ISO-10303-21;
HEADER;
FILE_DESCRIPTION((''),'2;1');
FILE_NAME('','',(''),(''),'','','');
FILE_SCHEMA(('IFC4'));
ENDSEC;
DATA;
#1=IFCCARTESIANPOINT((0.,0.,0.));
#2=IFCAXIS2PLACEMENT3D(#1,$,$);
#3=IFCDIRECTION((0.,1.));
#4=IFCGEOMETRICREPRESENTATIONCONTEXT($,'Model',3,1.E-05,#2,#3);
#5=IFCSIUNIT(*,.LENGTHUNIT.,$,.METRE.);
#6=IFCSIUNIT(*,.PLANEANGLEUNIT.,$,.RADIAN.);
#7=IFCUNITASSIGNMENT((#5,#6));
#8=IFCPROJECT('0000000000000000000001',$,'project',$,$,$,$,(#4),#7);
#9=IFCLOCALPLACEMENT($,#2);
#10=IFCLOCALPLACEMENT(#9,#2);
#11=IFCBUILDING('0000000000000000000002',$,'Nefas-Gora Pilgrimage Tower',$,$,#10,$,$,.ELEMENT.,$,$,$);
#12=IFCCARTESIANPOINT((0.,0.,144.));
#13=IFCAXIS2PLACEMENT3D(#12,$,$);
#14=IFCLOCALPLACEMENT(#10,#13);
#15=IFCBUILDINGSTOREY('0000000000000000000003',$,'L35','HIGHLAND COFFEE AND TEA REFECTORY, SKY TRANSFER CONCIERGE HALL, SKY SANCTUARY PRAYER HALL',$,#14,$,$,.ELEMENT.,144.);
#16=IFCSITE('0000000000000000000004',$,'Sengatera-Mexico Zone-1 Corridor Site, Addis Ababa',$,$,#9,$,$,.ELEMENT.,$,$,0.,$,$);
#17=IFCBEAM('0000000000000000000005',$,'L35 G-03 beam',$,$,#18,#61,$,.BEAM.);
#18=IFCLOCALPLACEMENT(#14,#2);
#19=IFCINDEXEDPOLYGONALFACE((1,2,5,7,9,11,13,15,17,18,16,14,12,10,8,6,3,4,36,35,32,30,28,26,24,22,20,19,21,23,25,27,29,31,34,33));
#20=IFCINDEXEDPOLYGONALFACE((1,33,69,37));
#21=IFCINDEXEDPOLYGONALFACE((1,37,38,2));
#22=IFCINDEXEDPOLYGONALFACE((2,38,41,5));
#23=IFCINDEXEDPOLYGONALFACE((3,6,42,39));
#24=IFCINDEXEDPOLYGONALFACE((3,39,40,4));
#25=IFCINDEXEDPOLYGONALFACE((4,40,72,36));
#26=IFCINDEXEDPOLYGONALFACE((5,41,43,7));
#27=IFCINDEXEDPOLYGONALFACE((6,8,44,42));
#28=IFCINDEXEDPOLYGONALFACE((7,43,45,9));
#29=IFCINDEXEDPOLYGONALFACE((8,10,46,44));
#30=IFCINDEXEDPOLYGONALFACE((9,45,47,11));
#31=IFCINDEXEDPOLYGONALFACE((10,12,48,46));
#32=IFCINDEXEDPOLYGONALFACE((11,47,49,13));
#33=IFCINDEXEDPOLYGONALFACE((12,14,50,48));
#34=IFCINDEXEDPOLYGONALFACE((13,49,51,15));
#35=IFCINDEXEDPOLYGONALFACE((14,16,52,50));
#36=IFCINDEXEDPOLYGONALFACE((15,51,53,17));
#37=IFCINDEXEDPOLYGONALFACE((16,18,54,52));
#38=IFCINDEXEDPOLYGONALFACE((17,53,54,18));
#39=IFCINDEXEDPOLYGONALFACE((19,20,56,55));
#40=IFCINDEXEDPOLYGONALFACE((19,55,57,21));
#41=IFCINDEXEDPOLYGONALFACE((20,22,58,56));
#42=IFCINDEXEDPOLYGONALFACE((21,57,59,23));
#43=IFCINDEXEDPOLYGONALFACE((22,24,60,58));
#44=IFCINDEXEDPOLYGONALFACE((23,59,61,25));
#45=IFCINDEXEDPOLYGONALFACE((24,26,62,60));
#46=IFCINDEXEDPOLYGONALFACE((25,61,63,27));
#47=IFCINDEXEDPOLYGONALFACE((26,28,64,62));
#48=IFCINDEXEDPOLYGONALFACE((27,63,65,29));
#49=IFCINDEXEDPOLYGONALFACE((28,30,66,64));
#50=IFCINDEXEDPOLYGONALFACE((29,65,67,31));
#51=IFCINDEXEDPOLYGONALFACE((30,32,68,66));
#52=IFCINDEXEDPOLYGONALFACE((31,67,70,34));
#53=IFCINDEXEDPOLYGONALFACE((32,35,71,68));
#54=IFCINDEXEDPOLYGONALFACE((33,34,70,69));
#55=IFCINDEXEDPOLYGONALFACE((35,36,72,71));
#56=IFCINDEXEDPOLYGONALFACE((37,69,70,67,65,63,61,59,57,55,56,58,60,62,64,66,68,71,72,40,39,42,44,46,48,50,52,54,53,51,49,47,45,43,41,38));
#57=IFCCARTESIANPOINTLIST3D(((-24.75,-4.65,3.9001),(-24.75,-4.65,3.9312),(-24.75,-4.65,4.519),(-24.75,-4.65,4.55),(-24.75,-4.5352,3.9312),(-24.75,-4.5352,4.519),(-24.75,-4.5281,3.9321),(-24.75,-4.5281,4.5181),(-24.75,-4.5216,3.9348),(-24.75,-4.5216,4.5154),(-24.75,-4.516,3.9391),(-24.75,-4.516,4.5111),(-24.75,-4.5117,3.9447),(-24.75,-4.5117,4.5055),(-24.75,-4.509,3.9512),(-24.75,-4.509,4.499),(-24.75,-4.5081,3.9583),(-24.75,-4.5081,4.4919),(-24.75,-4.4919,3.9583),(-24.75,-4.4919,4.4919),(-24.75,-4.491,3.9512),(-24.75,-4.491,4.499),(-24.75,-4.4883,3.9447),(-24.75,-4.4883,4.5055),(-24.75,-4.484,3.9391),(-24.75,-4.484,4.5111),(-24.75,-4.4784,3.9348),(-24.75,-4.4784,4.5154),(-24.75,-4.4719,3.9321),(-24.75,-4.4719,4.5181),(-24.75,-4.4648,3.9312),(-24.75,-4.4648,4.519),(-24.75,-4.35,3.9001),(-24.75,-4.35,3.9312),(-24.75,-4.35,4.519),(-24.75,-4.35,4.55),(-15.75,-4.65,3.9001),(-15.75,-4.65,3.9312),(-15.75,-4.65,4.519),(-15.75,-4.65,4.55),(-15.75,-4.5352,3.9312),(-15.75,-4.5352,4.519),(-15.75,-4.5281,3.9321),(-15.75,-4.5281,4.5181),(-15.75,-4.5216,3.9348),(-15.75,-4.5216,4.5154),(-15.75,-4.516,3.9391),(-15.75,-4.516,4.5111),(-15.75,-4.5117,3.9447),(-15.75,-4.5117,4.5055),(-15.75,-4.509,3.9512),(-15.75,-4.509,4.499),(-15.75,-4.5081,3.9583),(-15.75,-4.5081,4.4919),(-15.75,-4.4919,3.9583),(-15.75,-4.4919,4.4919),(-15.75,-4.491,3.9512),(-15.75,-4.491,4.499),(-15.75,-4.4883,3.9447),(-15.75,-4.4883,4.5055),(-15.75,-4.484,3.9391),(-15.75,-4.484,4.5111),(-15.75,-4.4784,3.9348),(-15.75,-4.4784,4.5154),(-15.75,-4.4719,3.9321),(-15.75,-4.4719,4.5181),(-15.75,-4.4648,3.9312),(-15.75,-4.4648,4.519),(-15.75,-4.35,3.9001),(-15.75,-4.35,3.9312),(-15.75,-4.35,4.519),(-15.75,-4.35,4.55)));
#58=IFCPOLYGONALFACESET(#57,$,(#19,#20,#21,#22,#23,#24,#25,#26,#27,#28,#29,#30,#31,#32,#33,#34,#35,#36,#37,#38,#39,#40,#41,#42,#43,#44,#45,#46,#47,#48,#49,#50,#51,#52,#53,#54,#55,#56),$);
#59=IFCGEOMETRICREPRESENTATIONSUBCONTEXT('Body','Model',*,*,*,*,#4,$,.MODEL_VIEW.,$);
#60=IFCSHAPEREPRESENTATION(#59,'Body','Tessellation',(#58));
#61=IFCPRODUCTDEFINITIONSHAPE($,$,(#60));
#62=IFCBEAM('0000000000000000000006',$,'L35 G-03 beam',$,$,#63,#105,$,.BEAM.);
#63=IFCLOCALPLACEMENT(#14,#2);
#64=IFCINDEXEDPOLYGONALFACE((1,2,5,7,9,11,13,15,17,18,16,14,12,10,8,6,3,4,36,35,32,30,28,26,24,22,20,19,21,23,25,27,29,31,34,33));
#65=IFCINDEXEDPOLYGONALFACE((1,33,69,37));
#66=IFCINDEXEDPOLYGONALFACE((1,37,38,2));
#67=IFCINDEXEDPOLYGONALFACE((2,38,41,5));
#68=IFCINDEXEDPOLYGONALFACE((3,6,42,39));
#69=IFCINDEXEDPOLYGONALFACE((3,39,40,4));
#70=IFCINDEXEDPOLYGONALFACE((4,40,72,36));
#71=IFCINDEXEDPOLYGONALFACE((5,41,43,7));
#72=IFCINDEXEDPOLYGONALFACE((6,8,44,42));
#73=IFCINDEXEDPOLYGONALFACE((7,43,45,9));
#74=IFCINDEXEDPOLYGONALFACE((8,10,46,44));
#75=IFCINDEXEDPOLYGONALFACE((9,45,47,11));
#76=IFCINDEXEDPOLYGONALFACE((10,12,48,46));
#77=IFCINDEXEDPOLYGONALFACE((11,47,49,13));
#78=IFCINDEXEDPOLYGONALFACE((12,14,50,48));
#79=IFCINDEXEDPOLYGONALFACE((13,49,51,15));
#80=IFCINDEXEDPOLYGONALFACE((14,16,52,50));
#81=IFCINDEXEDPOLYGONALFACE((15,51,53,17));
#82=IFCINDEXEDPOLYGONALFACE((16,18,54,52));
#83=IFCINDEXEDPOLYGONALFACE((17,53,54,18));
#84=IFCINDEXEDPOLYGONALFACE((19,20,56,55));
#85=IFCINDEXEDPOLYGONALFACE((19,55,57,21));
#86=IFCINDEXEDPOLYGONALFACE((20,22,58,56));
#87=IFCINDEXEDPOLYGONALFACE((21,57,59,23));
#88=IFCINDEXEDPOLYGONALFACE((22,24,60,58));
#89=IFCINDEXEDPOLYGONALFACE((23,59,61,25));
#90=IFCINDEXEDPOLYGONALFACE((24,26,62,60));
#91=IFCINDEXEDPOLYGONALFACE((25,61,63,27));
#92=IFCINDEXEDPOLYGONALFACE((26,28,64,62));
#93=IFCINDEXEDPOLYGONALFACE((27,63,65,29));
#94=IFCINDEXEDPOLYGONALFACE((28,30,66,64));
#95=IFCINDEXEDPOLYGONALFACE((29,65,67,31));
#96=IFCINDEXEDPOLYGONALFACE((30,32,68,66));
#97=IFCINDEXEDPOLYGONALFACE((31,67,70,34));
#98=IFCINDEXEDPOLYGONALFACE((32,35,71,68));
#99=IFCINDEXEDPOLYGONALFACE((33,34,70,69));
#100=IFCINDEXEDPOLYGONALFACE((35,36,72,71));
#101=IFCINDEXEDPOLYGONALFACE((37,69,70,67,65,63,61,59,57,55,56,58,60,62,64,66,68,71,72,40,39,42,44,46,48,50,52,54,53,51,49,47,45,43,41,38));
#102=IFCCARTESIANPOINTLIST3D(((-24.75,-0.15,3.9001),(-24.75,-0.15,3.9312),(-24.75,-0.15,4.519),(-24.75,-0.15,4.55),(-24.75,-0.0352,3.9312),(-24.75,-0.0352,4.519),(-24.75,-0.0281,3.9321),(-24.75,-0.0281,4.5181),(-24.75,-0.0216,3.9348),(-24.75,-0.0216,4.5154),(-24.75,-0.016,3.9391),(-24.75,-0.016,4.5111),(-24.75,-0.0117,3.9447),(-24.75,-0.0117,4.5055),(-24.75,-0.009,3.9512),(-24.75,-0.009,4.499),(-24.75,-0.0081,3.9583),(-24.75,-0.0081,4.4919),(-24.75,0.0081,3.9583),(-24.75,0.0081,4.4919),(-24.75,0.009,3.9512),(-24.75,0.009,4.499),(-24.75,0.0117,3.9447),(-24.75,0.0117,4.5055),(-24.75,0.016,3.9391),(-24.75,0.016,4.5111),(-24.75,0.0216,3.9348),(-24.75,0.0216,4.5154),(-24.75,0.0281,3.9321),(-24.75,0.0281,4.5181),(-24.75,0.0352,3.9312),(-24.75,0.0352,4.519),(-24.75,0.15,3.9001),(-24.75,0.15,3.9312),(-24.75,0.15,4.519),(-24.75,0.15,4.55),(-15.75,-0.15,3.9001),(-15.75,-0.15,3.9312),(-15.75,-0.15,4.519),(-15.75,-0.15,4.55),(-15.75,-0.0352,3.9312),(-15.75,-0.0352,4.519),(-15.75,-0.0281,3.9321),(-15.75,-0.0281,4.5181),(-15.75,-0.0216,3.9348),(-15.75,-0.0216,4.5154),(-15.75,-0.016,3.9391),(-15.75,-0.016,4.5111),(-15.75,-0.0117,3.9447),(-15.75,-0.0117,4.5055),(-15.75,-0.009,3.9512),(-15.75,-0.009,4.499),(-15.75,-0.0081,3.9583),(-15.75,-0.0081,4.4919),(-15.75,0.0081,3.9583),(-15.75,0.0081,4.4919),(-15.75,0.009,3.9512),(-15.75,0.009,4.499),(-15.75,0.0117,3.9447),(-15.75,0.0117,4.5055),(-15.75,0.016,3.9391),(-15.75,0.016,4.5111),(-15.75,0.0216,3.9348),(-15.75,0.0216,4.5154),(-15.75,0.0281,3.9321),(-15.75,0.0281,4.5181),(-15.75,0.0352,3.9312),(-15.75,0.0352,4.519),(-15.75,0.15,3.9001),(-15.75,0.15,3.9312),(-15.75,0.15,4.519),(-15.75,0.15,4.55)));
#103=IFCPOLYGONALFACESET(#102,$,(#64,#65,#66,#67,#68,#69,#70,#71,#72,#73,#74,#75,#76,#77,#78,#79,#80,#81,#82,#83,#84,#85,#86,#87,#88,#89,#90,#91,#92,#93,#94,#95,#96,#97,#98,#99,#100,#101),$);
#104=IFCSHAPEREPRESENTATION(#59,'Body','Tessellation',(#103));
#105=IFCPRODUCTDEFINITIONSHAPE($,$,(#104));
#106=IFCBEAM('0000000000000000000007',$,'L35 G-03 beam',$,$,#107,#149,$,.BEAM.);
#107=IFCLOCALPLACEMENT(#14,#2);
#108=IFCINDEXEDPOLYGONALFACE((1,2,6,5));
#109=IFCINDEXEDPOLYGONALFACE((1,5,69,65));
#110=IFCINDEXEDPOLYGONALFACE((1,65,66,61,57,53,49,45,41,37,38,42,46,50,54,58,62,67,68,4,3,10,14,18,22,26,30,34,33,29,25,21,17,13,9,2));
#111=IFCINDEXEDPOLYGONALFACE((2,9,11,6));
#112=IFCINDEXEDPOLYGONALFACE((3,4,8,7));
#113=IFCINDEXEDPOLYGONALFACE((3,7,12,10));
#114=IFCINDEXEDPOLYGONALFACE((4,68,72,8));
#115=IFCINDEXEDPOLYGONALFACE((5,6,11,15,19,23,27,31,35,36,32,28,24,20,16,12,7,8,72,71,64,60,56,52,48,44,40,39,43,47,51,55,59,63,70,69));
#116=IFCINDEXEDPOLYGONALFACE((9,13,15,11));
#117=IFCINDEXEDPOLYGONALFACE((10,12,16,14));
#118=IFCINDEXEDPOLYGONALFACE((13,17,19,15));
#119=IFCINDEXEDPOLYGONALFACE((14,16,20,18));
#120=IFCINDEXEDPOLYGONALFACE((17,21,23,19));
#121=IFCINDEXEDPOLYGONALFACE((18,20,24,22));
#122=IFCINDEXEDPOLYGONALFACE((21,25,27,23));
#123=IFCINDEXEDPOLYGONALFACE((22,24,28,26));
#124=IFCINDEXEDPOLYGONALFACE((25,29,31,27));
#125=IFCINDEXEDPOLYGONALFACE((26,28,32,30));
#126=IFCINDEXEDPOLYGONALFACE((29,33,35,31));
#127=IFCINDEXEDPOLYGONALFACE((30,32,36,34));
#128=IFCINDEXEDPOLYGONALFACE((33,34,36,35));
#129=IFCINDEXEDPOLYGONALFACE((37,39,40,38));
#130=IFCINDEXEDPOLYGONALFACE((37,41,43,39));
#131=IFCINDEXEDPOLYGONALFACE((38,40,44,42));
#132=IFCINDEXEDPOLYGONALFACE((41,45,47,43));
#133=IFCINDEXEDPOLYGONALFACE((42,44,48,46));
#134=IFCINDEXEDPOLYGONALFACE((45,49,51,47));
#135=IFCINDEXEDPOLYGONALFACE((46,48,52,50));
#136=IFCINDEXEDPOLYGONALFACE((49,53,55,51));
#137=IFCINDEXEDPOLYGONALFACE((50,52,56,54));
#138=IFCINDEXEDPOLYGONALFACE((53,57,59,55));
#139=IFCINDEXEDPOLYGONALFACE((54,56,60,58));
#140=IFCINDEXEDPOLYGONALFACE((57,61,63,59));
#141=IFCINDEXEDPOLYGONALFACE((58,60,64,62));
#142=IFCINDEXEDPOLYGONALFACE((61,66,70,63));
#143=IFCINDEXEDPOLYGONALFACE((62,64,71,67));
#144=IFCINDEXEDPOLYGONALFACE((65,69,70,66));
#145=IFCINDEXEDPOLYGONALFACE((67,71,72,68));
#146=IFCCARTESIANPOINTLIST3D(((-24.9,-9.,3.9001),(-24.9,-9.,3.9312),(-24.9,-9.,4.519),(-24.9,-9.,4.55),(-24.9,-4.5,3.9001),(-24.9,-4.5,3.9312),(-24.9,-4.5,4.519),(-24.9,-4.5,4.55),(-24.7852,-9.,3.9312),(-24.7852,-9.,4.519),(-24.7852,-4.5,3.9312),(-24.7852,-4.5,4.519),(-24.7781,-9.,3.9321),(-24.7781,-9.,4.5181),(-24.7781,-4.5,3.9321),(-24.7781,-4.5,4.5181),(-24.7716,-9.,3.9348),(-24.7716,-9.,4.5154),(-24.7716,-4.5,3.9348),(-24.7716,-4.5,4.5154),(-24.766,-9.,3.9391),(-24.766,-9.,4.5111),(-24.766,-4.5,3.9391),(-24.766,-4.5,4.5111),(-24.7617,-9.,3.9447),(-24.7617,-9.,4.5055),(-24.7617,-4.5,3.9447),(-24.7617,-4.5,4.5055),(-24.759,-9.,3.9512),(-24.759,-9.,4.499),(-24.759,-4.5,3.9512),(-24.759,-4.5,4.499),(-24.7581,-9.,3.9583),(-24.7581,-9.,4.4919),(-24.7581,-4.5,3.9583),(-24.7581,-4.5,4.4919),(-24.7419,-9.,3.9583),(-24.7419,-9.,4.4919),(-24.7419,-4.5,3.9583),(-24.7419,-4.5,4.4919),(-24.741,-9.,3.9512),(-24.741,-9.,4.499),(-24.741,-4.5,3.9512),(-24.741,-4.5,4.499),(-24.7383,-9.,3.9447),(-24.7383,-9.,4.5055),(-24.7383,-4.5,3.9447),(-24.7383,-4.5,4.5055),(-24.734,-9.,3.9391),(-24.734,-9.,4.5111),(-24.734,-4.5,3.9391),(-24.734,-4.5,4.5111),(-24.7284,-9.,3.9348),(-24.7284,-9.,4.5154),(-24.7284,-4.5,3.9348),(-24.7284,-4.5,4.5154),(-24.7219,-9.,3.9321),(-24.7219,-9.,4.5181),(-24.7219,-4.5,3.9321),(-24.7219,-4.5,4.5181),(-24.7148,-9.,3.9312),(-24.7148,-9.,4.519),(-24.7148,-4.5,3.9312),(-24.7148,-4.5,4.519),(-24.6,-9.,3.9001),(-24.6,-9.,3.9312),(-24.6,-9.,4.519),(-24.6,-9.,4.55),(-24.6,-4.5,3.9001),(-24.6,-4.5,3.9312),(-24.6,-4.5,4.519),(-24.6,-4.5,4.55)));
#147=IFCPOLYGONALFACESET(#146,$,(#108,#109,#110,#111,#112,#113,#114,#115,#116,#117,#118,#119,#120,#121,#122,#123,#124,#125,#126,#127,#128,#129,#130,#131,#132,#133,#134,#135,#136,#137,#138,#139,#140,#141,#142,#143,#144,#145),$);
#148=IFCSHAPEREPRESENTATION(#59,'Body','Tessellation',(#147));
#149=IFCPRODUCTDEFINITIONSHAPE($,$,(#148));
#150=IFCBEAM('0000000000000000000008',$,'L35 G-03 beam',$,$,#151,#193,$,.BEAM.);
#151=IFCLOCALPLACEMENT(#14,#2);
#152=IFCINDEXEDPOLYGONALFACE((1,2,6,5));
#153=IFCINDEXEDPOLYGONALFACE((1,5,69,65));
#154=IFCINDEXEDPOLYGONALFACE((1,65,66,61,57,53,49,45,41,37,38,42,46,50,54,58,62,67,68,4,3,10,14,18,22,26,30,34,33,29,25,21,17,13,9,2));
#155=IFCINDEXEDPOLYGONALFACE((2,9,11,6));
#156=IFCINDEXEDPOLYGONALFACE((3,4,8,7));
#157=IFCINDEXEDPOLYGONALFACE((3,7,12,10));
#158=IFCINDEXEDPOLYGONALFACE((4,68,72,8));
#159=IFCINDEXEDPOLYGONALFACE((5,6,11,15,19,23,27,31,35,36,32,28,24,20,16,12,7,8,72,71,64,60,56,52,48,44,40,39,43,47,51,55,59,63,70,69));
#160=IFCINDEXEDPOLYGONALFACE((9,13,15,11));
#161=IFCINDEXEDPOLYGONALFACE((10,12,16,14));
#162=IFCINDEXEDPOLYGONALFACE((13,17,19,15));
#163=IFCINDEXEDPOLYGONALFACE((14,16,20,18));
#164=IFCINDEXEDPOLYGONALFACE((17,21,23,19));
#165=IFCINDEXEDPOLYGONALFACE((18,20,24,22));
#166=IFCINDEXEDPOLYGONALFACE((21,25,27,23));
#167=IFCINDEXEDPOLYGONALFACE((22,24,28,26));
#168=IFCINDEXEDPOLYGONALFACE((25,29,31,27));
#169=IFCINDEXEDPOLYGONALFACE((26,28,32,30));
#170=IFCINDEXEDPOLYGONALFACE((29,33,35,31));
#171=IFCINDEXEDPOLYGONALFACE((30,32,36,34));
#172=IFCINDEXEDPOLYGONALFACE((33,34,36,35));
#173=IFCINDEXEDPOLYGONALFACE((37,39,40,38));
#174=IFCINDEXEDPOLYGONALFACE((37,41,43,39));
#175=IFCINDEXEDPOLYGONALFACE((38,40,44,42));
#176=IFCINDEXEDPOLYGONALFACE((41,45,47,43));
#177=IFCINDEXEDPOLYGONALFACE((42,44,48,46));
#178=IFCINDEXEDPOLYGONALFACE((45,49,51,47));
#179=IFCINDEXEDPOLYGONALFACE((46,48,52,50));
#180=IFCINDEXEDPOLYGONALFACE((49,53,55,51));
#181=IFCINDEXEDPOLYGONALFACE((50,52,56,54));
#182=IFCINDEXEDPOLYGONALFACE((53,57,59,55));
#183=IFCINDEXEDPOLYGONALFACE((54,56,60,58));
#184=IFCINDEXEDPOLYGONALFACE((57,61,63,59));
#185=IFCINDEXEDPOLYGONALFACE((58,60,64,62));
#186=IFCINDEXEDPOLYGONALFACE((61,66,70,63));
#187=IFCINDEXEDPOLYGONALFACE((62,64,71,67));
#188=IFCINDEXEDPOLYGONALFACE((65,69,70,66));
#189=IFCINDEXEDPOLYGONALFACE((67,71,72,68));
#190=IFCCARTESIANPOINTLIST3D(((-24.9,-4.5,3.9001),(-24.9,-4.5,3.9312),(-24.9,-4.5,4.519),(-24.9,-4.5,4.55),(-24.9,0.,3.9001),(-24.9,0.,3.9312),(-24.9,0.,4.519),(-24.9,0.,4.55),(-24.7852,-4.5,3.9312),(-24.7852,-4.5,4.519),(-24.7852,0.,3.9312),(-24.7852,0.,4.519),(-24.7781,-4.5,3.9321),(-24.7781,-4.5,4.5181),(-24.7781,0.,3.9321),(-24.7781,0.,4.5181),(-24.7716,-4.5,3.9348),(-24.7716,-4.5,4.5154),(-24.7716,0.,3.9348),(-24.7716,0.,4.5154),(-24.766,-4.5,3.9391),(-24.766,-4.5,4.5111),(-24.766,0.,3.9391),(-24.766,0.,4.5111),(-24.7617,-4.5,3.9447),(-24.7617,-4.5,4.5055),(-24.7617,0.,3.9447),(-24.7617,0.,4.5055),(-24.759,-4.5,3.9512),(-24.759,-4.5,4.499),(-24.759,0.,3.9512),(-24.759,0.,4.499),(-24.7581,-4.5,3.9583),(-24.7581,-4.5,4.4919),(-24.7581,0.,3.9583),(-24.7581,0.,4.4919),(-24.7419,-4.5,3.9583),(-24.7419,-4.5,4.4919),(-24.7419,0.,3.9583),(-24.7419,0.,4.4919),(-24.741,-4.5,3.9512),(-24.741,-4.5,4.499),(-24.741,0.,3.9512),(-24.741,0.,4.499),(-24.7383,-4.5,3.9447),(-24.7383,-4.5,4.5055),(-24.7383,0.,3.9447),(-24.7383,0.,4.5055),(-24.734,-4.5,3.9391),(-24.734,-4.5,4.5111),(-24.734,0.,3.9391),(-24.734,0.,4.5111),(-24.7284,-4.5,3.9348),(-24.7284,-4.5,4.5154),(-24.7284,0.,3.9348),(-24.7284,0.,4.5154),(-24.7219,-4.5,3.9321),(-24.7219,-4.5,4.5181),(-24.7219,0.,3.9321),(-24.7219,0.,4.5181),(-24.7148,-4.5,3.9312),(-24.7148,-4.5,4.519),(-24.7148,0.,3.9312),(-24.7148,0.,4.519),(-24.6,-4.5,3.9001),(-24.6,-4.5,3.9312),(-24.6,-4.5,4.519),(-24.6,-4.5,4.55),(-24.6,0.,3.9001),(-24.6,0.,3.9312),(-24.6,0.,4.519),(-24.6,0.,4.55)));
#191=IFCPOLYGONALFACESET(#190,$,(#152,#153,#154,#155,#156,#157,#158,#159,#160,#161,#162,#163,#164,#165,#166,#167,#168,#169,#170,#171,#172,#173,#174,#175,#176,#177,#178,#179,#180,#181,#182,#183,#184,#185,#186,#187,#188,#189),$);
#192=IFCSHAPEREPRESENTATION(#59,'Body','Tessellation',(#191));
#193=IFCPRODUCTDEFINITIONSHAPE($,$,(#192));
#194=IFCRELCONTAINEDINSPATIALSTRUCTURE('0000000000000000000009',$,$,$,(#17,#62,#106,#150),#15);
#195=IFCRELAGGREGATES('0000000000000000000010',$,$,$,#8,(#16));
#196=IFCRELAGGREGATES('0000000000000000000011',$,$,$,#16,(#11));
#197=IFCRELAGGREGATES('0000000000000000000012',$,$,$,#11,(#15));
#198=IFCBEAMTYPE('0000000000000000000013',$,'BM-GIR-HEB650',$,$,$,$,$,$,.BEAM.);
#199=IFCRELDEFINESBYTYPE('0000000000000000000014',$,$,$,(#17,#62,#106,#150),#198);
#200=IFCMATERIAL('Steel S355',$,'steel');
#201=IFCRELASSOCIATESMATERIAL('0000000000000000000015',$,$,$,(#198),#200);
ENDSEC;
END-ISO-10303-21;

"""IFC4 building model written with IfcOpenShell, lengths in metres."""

from ifc_helpers import new_model, si_unit, direction, frame, origin, origin_2d, place, context, subcontext, project, spatial, i_section, extrude, source, transform, mapped, material, material_profile, profile_set, type_object, element, save


model = new_model("IFC4")

# Units and contexts
model_context = context("Model", 3, precision=1e-05, world=origin(), true_north=direction((0.0, 1.0)))
body_context = subcontext(model_context, "Body", "Model", "MODEL_VIEW")
ifc_project = project(units=[si_unit("LENGTHUNIT", "METRE"), si_unit("PLANEANGLEUNIT", "RADIAN")], contexts=[model_context])

# Site, building, storey
site_placement = place(None, origin())
site = spatial("IfcSite", under=ifc_project, at=site_placement, Name="Sengatera-Mexico Zone-1 Corridor Site, Addis Ababa", CompositionType="ELEMENT", RefElevation=0.0)
building_placement = place(site_placement, origin())
building = spatial("IfcBuilding", under=site, at=building_placement, Name="Nefas-Gora Pilgrimage Tower", CompositionType="ELEMENT")
storey_placement = place(building_placement, frame((0.0, 0.0, 144.0)))
storey = spatial("IfcBuildingStorey", under=building, at=storey_placement, Name="L35", Description="HIGHLAND COFFEE AND TEA REFECTORY, SKY TRANSFER CONCIERGE HALL, SKY SANCTUARY PRAYER HALL", CompositionType="ELEMENT", Elevation=144.0)

# Beams
ifc_material_1 = material(Name="Steel S355", Category="steel")
ifc_material_profile_1 = material_profile(ifc_material_1, i_section(OverallWidth=0.3, OverallDepth=0.6499, WebThickness=0.0161, FlangeThickness=0.031, FilletRadius=0.0271, at=origin_2d()), Name="HEB 650")
ifc_profile_set_1 = profile_set([ifc_material_profile_1], Name="Steel S355")
beam_type_1 = type_object("IfcBeamType", Name="BM-GIR-HEB650", PredefinedType="BEAM", material=ifc_profile_set_1)
shared_shape_1 = source(origin(), body_context, "Body", "SweptSolid", [
    extrude(i_section(OverallWidth=0.3, OverallDepth=0.6499, WebThickness=0.0161, FlangeThickness=0.031, FilletRadius=0.0271, at=origin_2d()), origin(), (0.0, 0.0, 1.0), 9.0),
])
for number, where, z_axis, x_axis, name in (
    (1, (-24.75, -4.5, 4.2251), (1.0, 0.0, 0.0), (0.0, 1.0, 0.0), "L35 G-03 beam"),
    (2, (-24.75, 0.0, 4.2251), (1.0, 0.0, 0.0), (0.0, 1.0, 0.0), "L35 G-03 beam"),
):
    element("IfcBeam", number, at=place(storey_placement, frame(where, z_axis=z_axis, x_axis=x_axis)), inside=storey, type_object=beam_type_1, Name=name, PredefinedType="BEAM", context=body_context, shape_type="MappedRepresentation", body=[
        mapped(shared_shape_1, transform((0.0, 0.0, 0.0), x_axis=(1.0, 0.0, 0.0), y_axis=(0.0, 1.0, 0.0), z_axis=(0.0, 0.0, 1.0), scale=1.0)),
    ])
shared_shape_2 = source(origin(), body_context, "Body", "SweptSolid", [
    extrude(i_section(OverallWidth=0.3, OverallDepth=0.6499, WebThickness=0.0161, FlangeThickness=0.031, FilletRadius=0.0271, at=origin_2d()), origin(), (0.0, 0.0, 1.0), 4.5),
])
for number, where, z_axis, x_axis, name in (
    (3, (-24.75, -9.0, 4.2251), (0.0, 1.0, 0.0), (-1.0, 0.0, 0.0), "L35 G-03 beam"),
    (4, (-24.75, -4.5, 4.2251), (0.0, 1.0, 0.0), (-1.0, 0.0, 0.0), "L35 G-03 beam"),
):
    element("IfcBeam", number, at=place(storey_placement, frame(where, z_axis=z_axis, x_axis=x_axis)), inside=storey, type_object=beam_type_1, Name=name, PredefinedType="BEAM", context=body_context, shape_type="MappedRepresentation", body=[
        mapped(shared_shape_2, transform((0.0, 0.0, 0.0), x_axis=(1.0, 0.0, 0.0), y_axis=(0.0, 1.0, 0.0), z_axis=(0.0, 0.0, 1.0), scale=1.0)),
    ])

save(model, "model.ifc")
